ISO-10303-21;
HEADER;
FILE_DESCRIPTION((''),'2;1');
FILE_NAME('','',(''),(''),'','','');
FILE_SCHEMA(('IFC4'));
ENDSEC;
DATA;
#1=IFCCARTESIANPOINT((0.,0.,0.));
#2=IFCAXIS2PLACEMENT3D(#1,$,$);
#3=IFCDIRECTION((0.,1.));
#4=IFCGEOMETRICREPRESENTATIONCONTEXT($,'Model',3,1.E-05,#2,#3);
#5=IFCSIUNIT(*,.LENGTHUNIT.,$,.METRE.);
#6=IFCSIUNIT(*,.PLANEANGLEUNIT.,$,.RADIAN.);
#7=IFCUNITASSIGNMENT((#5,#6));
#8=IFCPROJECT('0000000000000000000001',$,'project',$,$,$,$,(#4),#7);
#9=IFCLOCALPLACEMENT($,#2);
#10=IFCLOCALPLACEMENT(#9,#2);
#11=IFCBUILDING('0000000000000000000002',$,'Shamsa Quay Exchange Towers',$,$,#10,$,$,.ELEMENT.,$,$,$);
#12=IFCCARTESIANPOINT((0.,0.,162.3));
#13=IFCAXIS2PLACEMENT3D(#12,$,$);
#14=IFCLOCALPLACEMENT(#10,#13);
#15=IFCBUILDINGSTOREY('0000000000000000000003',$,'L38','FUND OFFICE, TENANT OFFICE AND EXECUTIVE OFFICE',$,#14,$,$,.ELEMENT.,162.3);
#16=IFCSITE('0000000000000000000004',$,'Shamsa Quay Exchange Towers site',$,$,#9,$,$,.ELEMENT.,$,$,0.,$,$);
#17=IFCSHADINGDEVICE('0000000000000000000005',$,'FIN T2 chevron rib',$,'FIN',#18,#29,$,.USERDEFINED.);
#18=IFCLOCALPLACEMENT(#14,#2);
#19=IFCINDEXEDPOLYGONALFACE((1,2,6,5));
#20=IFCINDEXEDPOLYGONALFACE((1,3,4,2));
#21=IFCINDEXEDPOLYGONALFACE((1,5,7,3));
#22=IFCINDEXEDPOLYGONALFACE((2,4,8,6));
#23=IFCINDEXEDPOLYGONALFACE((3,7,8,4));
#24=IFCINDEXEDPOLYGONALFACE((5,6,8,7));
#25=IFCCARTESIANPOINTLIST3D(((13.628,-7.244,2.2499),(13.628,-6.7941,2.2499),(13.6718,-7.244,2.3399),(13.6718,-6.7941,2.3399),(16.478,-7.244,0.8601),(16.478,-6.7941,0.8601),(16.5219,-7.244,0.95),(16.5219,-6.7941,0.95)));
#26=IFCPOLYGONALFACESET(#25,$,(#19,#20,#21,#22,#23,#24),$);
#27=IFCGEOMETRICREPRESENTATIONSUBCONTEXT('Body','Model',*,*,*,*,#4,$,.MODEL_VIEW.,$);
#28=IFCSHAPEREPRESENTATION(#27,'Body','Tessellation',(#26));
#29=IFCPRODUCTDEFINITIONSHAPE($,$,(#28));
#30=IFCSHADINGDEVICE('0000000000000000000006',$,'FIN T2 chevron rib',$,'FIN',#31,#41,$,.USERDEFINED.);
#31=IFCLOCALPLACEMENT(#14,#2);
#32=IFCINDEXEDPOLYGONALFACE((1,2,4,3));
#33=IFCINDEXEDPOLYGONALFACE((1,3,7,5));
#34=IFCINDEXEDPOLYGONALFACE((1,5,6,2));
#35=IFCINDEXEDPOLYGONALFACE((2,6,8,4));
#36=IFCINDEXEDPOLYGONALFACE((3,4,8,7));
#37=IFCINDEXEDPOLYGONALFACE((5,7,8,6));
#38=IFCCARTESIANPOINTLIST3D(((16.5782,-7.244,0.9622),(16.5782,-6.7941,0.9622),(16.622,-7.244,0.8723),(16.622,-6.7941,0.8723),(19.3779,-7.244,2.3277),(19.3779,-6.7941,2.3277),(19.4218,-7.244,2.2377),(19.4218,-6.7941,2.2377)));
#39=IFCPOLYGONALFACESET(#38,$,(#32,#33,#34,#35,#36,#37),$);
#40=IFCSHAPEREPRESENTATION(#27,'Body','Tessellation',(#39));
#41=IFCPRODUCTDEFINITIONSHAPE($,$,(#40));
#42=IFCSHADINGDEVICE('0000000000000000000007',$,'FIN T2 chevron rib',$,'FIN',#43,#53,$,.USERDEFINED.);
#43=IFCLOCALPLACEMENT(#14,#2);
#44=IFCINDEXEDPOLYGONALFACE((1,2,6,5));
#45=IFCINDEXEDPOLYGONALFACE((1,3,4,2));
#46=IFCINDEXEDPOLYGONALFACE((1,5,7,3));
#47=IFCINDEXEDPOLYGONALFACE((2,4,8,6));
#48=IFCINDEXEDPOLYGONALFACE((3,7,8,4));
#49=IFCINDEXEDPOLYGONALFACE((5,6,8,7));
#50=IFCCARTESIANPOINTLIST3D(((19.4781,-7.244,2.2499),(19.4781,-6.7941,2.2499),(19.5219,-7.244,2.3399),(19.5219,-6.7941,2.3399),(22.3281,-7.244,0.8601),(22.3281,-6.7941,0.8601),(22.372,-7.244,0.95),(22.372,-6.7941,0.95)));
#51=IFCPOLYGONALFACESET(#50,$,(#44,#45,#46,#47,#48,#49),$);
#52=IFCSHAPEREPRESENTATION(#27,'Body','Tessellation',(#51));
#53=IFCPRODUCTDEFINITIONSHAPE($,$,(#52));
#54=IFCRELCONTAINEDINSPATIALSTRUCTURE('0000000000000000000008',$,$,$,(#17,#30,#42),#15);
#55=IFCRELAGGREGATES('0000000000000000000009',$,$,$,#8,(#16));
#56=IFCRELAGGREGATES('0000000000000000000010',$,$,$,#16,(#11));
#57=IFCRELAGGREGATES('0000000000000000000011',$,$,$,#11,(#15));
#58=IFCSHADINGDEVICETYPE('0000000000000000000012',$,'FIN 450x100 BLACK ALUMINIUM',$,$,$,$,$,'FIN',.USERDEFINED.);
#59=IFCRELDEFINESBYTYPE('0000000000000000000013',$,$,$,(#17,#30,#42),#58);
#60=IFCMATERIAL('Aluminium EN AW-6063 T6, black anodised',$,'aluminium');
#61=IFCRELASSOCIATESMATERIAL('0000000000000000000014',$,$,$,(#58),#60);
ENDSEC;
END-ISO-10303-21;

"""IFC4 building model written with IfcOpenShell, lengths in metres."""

from ifc_helpers import new_model, si_unit, direction, frame, origin, origin_2d, place, context, subcontext, project, spatial, rectangle, extrude, material, material_profile, profile_set, type_object, element, save


model = new_model("IFC4")

# Units and contexts
model_context = context("Model", 3, precision=1e-05, world=origin(), true_north=direction((0.0, 1.0)))
body_context = subcontext(model_context, "Body", "Model", "MODEL_VIEW")
ifc_project = project(units=[si_unit("LENGTHUNIT", "METRE"), si_unit("PLANEANGLEUNIT", "RADIAN")], contexts=[model_context])

# Site, building, storey
site_placement = place(None, origin())
site = spatial("IfcSite", under=ifc_project, at=site_placement, Name="Shamsa Quay Exchange Towers site", CompositionType="ELEMENT", RefElevation=0.0)
building_placement = place(site_placement, origin())
building = spatial("IfcBuilding", under=site, at=building_placement, Name="Shamsa Quay Exchange Towers", CompositionType="ELEMENT")
storey_placement = place(building_placement, frame((0.0, 0.0, 162.3)))
storey = spatial("IfcBuildingStorey", under=building, at=storey_placement, Name="L38", Description="FUND OFFICE, TENANT OFFICE AND EXECUTIVE OFFICE", CompositionType="ELEMENT", Elevation=162.3)

# Shared definitions
ifc_material_1 = material(Name="Aluminium EN AW-6063 T6, black anodised", Category="aluminium")

# Shading devices
ifc_material_profile_1 = material_profile(ifc_material_1, rectangle(XDim=0.45, YDim=0.1001, at=origin_2d()), Name="FIN450x100")
ifc_profile_set_1 = profile_set([ifc_material_profile_1], Name="Aluminium EN AW-6063 T6, black anodised")
shading_device_type = type_object("IfcShadingDeviceType", Name="FIN 450x100 BLACK ALUMINIUM", ElementType="FIN", PredefinedType="USERDEFINED", material=ifc_profile_set_1)
shading_device_1_placement = place(storey_placement, frame((13.6499, -7.019, 2.2949), z_axis=(0.898818, 0.0, -0.438322), x_axis=(0.0, 1.0, 0.0)))
element("IfcShadingDevice", 1, at=shading_device_1_placement, inside=storey, type_object=shading_device_type, Name="FIN T2 chevron rib", ObjectType="FIN", PredefinedType="USERDEFINED", context=body_context, shape_type="SweptSolid", body=[
    extrude(rectangle(XDim=0.45, YDim=0.1001, at=origin_2d()), origin(), (0.0, 0.0, 1.0), 3.1709),
])
shading_device_2_placement = place(storey_placement, frame((16.6001, -7.019, 0.9172), z_axis=(0.898804, 0.0, 0.438351), x_axis=(0.0, 1.0, 0.0)))
element("IfcShadingDevice", 2, at=shading_device_2_placement, inside=storey, type_object=shading_device_type, Name="FIN T2 chevron rib", ObjectType="FIN", PredefinedType="USERDEFINED", context=body_context, shape_type="SweptSolid", body=[
    extrude(rectangle(XDim=0.45, YDim=0.1001, at=origin_2d()), origin(), (0.0, 0.0, 1.0), 3.115),
])
shading_device_3_placement = place(storey_placement, frame((19.5, -7.019, 2.2949), z_axis=(0.898818, 0.0, -0.438322), x_axis=(0.0, 1.0, 0.0)))
element("IfcShadingDevice", 3, at=shading_device_3_placement, inside=storey, type_object=shading_device_type, Name="FIN T2 chevron rib", ObjectType="FIN", PredefinedType="USERDEFINED", context=body_context, shape_type="SweptSolid", body=[
    extrude(rectangle(XDim=0.45, YDim=0.1001, at=origin_2d()), origin(), (0.0, 0.0, 1.0), 3.1709),
])

save(model, "model.ifc")
